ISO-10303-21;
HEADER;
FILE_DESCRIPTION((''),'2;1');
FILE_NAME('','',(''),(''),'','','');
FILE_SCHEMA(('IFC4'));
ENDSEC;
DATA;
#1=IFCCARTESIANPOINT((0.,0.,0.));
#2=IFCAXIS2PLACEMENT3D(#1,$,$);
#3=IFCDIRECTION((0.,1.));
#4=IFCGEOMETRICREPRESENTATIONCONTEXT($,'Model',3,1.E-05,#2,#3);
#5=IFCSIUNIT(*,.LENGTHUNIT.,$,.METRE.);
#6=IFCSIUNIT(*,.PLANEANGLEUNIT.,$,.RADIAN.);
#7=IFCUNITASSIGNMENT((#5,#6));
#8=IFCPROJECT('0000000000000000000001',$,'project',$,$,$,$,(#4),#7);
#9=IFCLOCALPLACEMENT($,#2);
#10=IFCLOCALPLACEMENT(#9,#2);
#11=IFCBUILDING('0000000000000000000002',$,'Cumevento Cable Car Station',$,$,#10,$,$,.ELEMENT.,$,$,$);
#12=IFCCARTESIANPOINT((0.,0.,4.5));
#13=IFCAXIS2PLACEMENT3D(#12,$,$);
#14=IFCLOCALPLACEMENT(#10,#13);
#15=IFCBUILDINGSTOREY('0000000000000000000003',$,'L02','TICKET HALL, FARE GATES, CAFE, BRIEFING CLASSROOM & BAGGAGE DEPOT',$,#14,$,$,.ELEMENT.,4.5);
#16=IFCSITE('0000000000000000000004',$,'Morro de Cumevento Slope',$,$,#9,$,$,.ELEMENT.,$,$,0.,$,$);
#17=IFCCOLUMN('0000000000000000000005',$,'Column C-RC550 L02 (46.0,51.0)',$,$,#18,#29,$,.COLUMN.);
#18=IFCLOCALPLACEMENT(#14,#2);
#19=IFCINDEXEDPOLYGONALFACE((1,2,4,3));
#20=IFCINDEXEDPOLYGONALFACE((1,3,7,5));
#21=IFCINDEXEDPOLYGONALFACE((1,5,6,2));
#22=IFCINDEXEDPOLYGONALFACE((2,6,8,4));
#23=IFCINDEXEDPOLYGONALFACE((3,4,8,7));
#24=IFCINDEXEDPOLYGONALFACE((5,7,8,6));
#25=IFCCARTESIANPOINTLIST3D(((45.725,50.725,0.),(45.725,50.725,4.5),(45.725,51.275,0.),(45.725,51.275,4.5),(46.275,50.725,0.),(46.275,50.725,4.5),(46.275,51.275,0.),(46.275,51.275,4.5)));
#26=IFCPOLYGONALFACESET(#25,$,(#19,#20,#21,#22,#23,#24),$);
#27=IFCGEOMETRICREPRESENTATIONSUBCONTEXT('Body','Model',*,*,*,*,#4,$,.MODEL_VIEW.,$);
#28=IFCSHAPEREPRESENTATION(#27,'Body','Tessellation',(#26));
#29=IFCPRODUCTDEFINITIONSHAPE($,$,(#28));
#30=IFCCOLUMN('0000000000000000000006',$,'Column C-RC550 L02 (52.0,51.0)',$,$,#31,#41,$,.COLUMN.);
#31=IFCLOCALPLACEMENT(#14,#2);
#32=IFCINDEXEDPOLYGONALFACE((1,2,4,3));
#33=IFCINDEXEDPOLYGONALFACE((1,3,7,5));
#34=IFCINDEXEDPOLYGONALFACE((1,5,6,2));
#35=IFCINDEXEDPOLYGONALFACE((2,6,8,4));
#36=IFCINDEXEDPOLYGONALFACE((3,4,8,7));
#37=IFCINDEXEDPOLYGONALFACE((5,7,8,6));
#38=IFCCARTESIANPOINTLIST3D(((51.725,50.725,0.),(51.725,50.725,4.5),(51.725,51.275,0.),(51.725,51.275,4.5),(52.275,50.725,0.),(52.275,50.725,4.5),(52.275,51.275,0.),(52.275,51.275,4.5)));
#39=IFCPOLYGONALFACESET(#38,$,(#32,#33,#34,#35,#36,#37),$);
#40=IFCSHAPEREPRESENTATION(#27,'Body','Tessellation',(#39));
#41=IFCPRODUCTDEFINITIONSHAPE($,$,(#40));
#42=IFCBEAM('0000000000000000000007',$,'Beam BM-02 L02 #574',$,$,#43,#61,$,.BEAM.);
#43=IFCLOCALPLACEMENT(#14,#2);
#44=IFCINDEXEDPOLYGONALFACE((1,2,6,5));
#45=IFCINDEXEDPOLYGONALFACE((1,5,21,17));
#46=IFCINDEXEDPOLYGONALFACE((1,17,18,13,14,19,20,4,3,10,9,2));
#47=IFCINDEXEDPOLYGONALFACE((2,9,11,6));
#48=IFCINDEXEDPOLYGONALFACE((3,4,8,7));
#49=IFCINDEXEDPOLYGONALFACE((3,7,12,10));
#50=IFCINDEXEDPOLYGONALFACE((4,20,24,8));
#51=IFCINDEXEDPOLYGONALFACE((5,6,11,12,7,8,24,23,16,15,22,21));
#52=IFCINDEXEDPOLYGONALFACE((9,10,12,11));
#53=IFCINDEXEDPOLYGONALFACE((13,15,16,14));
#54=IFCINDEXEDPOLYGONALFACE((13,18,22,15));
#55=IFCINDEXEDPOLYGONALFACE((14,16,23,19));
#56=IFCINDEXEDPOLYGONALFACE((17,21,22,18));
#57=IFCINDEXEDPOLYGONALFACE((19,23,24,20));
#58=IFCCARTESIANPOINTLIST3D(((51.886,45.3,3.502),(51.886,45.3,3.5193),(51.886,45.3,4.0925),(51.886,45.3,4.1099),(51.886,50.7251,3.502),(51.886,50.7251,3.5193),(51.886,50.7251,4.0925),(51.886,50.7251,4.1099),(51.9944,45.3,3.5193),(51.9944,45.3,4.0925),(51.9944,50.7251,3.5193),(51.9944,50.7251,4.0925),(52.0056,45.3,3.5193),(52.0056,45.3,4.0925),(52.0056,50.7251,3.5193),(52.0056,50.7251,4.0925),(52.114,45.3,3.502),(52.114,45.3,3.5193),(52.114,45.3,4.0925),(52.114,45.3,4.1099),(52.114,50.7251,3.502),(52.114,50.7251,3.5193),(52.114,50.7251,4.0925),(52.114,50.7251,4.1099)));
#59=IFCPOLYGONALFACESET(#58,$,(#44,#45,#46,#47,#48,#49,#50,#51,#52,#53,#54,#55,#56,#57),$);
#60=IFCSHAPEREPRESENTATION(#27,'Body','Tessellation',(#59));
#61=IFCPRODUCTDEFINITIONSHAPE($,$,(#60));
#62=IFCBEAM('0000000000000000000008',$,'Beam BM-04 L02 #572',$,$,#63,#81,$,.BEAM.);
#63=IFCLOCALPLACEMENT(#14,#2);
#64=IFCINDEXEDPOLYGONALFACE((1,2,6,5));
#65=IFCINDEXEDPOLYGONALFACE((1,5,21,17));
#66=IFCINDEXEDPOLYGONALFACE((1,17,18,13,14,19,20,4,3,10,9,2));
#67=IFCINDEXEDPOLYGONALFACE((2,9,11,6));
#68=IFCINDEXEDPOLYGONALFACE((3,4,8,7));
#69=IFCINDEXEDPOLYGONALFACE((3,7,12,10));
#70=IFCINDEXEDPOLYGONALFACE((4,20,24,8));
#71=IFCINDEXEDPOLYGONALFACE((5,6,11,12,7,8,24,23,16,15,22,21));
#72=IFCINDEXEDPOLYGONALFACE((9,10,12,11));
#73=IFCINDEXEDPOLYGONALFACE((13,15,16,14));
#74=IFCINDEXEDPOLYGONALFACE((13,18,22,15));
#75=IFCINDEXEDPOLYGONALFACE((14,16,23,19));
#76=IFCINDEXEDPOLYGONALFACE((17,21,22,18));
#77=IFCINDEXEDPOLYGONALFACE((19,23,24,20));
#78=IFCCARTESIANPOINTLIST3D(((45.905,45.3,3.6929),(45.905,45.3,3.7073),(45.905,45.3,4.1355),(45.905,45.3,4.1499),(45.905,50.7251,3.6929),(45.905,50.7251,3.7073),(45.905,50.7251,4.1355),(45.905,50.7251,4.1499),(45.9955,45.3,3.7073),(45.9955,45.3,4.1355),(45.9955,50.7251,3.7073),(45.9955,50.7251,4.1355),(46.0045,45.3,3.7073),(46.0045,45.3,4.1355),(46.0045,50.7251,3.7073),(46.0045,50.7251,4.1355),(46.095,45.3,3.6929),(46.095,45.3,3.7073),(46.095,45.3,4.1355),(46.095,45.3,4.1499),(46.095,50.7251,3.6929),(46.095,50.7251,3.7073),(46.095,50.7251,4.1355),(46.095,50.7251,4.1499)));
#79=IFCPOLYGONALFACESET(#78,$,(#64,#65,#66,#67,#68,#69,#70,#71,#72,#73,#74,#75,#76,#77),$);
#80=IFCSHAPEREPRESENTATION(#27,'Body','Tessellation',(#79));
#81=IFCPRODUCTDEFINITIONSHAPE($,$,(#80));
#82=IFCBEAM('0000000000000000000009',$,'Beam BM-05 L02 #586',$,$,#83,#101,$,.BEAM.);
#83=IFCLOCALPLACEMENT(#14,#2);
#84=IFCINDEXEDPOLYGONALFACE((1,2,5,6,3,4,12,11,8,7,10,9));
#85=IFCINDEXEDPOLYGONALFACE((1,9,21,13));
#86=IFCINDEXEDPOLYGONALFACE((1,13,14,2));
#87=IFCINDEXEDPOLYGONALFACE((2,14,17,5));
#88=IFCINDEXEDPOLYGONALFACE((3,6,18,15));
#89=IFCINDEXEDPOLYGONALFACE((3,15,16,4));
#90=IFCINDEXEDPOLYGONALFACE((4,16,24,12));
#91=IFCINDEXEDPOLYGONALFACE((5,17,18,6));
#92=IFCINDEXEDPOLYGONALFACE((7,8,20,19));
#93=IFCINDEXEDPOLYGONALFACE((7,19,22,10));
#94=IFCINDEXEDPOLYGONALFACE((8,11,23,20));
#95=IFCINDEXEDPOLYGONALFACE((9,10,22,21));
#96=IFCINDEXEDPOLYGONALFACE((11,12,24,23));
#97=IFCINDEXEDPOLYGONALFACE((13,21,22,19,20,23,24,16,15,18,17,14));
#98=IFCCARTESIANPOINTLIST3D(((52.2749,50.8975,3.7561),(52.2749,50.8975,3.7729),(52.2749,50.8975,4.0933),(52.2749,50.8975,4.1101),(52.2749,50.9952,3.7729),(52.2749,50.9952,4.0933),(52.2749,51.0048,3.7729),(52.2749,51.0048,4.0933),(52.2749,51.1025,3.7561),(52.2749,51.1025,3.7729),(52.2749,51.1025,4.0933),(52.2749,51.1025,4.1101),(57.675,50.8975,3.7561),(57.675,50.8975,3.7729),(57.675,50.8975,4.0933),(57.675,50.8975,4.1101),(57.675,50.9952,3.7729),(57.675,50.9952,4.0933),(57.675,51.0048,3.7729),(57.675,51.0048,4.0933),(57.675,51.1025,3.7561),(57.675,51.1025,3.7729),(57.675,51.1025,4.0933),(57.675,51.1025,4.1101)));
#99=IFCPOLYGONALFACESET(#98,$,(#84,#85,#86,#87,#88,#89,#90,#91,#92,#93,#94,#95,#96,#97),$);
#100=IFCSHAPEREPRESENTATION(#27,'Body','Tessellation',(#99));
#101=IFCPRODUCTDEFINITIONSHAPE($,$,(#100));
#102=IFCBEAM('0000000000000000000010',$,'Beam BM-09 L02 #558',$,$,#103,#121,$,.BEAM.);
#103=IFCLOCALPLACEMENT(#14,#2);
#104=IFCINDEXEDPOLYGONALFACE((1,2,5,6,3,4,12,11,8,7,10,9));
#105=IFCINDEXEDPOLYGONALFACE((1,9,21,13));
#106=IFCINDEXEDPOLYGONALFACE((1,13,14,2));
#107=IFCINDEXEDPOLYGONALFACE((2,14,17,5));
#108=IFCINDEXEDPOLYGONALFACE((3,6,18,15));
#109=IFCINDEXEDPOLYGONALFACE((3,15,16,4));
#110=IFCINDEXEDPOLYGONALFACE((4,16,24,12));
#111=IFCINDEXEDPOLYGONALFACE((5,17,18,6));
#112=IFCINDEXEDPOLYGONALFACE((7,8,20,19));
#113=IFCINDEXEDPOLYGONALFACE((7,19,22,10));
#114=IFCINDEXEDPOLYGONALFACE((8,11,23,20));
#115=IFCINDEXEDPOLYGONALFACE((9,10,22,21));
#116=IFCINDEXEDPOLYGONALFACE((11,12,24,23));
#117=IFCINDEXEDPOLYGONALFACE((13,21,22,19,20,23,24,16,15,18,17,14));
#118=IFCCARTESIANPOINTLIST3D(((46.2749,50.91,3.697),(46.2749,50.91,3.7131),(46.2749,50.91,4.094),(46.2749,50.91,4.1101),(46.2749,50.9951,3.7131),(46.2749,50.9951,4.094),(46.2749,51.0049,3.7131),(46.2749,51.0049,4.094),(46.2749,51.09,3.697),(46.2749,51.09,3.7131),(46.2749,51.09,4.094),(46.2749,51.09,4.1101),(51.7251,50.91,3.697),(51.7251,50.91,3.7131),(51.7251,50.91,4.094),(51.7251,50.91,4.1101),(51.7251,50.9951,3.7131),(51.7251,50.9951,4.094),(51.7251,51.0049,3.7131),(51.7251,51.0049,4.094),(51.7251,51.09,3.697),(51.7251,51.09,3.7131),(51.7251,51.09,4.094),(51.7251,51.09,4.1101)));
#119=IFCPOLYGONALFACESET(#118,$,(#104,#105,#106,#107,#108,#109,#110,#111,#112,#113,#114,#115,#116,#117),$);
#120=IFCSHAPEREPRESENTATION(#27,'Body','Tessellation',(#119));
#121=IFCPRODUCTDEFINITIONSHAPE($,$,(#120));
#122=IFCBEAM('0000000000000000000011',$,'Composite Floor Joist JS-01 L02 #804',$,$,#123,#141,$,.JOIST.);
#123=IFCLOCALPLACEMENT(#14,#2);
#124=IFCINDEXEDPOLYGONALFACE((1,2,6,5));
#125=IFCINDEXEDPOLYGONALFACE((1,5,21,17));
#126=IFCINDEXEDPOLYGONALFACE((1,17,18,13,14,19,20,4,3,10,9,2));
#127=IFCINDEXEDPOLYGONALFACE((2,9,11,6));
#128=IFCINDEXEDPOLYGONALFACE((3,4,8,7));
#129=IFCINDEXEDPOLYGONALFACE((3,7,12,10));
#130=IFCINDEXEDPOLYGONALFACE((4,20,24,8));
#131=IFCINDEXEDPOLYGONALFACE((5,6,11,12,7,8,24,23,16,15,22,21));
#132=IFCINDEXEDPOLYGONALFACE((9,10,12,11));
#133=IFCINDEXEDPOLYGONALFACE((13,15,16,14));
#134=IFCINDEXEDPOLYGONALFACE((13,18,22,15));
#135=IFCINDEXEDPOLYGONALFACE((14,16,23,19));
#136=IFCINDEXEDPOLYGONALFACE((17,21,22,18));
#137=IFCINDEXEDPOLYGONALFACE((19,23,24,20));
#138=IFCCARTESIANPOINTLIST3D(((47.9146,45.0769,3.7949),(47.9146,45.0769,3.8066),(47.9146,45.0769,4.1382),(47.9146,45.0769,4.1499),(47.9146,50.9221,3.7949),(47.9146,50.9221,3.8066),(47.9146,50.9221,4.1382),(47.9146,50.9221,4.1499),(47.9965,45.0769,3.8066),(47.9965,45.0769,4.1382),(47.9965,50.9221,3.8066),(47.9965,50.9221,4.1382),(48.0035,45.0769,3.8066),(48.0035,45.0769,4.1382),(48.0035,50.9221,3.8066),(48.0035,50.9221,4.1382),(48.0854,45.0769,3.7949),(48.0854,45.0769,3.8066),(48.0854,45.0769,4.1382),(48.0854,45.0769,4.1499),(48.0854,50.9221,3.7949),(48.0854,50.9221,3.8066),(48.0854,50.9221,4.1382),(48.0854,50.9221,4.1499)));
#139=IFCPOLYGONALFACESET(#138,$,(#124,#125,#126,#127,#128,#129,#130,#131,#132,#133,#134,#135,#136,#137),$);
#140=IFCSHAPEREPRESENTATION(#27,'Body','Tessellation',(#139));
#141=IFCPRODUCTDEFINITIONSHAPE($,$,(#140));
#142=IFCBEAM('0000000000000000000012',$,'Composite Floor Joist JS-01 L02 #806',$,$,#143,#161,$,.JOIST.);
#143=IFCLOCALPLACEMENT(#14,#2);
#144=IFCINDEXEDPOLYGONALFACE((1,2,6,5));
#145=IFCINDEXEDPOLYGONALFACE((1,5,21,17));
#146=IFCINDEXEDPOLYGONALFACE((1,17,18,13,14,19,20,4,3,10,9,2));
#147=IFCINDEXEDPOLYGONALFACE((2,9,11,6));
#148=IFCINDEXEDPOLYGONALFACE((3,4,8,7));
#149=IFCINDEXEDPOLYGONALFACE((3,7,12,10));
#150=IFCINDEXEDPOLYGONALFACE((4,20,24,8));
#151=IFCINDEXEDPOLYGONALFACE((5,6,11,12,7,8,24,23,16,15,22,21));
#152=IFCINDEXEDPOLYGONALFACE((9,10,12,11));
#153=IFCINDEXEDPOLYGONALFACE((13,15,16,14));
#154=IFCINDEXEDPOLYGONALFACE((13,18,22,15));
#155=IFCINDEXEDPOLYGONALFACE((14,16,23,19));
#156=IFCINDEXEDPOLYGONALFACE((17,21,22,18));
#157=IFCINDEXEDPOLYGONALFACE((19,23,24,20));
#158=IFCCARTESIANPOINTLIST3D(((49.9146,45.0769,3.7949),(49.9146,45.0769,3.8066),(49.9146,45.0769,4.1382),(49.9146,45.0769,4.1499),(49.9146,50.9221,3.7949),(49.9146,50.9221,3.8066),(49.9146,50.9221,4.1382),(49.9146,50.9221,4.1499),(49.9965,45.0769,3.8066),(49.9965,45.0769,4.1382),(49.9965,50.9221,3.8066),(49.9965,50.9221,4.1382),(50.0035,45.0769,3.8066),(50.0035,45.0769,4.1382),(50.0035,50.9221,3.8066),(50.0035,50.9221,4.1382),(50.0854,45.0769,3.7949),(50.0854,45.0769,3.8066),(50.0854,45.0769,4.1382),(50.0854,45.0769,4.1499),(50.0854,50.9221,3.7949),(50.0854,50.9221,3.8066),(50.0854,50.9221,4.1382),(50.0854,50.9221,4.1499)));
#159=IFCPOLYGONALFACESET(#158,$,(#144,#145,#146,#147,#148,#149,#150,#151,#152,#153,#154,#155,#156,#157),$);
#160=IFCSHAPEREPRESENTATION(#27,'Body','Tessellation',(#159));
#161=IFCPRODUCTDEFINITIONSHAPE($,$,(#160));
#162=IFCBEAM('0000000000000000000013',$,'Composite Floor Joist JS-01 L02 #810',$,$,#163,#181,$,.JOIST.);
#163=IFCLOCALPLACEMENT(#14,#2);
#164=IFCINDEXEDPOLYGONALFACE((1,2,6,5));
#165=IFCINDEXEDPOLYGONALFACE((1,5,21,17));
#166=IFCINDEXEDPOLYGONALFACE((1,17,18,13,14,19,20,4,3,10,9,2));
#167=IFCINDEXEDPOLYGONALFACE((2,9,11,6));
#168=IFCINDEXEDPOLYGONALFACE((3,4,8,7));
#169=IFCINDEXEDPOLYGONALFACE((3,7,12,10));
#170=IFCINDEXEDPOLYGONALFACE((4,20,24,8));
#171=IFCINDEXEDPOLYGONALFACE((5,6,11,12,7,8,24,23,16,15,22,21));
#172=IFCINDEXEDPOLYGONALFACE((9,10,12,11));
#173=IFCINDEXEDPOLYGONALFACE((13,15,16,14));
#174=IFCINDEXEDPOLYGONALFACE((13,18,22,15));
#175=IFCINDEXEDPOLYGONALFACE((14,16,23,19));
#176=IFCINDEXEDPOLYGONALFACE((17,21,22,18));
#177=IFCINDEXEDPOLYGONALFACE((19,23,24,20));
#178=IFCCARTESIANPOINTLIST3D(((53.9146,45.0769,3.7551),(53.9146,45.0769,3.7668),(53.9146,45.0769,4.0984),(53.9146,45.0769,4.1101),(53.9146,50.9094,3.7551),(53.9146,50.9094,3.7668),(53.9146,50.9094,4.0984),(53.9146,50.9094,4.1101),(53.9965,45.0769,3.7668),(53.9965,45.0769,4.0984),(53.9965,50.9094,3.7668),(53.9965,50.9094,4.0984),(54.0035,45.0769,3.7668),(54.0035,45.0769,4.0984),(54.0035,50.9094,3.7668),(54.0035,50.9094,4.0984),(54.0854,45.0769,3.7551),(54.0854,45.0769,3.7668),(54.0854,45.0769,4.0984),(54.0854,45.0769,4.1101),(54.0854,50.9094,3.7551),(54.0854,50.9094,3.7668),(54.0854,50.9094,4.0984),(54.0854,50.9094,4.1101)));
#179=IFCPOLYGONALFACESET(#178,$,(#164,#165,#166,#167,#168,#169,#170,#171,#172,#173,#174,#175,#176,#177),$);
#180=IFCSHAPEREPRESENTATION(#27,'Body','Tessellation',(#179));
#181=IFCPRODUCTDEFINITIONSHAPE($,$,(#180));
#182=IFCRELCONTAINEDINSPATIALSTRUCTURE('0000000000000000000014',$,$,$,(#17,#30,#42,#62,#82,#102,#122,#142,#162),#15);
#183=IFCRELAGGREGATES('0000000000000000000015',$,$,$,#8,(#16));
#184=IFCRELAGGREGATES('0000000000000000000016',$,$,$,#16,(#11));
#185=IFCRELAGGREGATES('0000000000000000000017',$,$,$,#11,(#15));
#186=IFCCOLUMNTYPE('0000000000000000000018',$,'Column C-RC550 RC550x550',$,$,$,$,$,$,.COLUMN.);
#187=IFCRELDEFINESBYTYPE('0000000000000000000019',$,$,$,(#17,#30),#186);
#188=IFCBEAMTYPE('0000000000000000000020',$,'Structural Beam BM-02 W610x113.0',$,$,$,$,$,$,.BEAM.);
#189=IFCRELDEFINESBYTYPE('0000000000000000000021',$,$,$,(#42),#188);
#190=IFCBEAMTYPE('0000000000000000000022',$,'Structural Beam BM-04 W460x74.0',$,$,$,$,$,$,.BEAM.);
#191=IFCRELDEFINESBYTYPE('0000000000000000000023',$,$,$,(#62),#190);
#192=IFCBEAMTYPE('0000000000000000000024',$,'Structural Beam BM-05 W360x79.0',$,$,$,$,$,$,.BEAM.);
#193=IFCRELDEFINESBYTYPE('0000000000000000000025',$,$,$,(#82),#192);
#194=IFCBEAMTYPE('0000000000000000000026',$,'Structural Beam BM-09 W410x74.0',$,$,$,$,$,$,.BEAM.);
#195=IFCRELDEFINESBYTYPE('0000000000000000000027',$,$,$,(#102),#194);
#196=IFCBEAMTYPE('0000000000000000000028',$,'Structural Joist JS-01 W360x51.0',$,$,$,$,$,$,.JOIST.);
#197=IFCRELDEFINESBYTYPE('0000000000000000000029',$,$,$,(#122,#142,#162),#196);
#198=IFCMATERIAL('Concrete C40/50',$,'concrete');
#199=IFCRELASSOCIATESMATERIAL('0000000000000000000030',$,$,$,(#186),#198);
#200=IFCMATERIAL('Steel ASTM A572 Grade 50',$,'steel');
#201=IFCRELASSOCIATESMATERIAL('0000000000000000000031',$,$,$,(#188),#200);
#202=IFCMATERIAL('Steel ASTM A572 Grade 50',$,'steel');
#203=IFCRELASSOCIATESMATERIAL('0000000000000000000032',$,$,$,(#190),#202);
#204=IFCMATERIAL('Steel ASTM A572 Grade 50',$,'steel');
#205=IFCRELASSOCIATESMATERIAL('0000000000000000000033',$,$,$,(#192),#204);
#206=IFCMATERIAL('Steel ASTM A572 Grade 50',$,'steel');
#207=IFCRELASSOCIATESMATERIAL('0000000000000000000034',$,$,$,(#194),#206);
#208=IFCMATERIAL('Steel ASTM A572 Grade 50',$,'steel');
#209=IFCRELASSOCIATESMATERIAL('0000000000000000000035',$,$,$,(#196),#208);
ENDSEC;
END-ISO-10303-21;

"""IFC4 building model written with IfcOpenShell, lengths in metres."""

from ifc_helpers import new_model, si_unit, direction, frame, origin, origin_2d, place, context, subcontext, project, spatial, rectangle, i_section, extrude, material, material_profile, profile_set, type_object, element, save


model = new_model("IFC4")

# Units and contexts
model_context = context("Model", 3, precision=1e-05, world=origin(), true_north=direction((0.0, 1.0)))
body_context = subcontext(model_context, "Body", "Model", "MODEL_VIEW")
ifc_project = project(units=[si_unit("LENGTHUNIT", "METRE"), si_unit("PLANEANGLEUNIT", "RADIAN")], contexts=[model_context])

# Site, building, storey
site_placement = place(None, origin())
site = spatial("IfcSite", under=ifc_project, at=site_placement, Name="Morro de Cumevento Slope", CompositionType="ELEMENT", RefElevation=0.0)
building_placement = place(site_placement, origin())
building = spatial("IfcBuilding", under=site, at=building_placement, Name="Cumevento Cable Car Station", CompositionType="ELEMENT")
storey_placement = place(building_placement, frame((0.0, 0.0, 4.5)))
storey = spatial("IfcBuildingStorey", under=building, at=storey_placement, Name="L02", Description="TICKET HALL, FARE GATES, CAFE, BRIEFING CLASSROOM & BAGGAGE DEPOT", CompositionType="ELEMENT", Elevation=4.5)

# Columns
ifc_material_1 = material(Name="Concrete C40/50", Category="concrete")
ifc_material_profile_1 = material_profile(ifc_material_1, rectangle(XDim=0.55, YDim=0.55, at=origin_2d()), Name="RC550x550")
ifc_profile_set_1 = profile_set([ifc_material_profile_1], Name="Concrete C40/50")
column_type = type_object("IfcColumnType", Name="Column C-RC550 RC550x550", PredefinedType="COLUMN", material=ifc_profile_set_1)
for number, where, z_axis, x_axis, name in (
    (1, (46.0, 51.0, 0.0), (0.0, 0.0, 1.0), (1.0, 0.0, 0.0), "Column C-RC550 L02 (46.0,51.0)"),
    (2, (52.0, 51.0, 0.0), (0.0, 0.0, 1.0), (1.0, 0.0, 0.0), "Column C-RC550 L02 (52.0,51.0)"),
):
    element("IfcColumn", number, at=place(storey_placement, frame(where, z_axis=z_axis, x_axis=x_axis)), inside=storey, type_object=column_type, Name=name, PredefinedType="COLUMN", context=body_context, shape_type="SweptSolid", body=[
        extrude(rectangle(XDim=0.55, YDim=0.55, at=origin_2d()), origin(), (0.0, 0.0, 1.0), 4.5),
    ])

# Beams
ifc_material_2 = material(Name="Steel ASTM A572 Grade 50", Category="steel")
ifc_material_profile_2 = material_profile(ifc_material_2, i_section(OverallWidth=0.228, OverallDepth=0.6079, WebThickness=0.0112, FlangeThickness=0.0173, at=origin_2d()), Name="W610x113.0")
ifc_profile_set_2 = profile_set([ifc_material_profile_2], Name="Steel ASTM A572 Grade 50")
beam_type_1 = type_object("IfcBeamType", Name="Structural Beam BM-02 W610x113.0", PredefinedType="BEAM", material=ifc_profile_set_2)
beam_1_placement = place(storey_placement, frame((52.0, 45.3, 3.8059), z_axis=(0.0, 1.0, 0.0), x_axis=(-1.0, 0.0, 0.0)))
element("IfcBeam", 3, at=beam_1_placement, inside=storey, type_object=beam_type_1, Name="Beam BM-02 L02 #574", PredefinedType="BEAM", context=body_context, shape_type="SweptSolid", body=[
    extrude(i_section(OverallWidth=0.228, OverallDepth=0.6079, WebThickness=0.0112, FlangeThickness=0.0173, at=origin_2d()), origin(), (0.0, 0.0, 1.0), 5.425),
])
ifc_material_3 = material(Name="Steel ASTM A572 Grade 50", Category="steel")
ifc_material_profile_3 = material_profile(ifc_material_3, i_section(OverallWidth=0.1899, OverallDepth=0.457, WebThickness=0.009, FlangeThickness=0.0144, at=origin_2d()), Name="W460x74.0")
ifc_profile_set_3 = profile_set([ifc_material_profile_3], Name="Steel ASTM A572 Grade 50")
beam_type_2 = type_object("IfcBeamType", Name="Structural Beam BM-04 W460x74.0", PredefinedType="BEAM", material=ifc_profile_set_3)
beam_2_placement = place(storey_placement, frame((46.0, 45.3, 3.9214), z_axis=(0.0, 1.0, 0.0), x_axis=(-1.0, 0.0, 0.0)))
element("IfcBeam", 4, at=beam_2_placement, inside=storey, type_object=beam_type_2, Name="Beam BM-04 L02 #572", PredefinedType="BEAM", context=body_context, shape_type="SweptSolid", body=[
    extrude(i_section(OverallWidth=0.1899, OverallDepth=0.457, WebThickness=0.009, FlangeThickness=0.0144, at=origin_2d()), origin(), (0.0, 0.0, 1.0), 5.425),
])
ifc_material_4 = material(Name="Steel ASTM A572 Grade 50", Category="steel")
ifc_material_profile_4 = material_profile(ifc_material_4, i_section(OverallWidth=0.2051, OverallDepth=0.354, WebThickness=0.0095, FlangeThickness=0.0168, at=origin_2d()), Name="W360x79.0")
ifc_profile_set_4 = profile_set([ifc_material_profile_4], Name="Steel ASTM A572 Grade 50")
beam_type_3 = type_object("IfcBeamType", Name="Structural Beam BM-05 W360x79.0", PredefinedType="BEAM", material=ifc_profile_set_4)
beam_3_placement = place(storey_placement, frame((52.2749, 51.0, 3.9331), z_axis=(1.0, 0.0, 0.0), x_axis=(0.0, 1.0, 0.0)))
element("IfcBeam", 5, at=beam_3_placement, inside=storey, type_object=beam_type_3, Name="Beam BM-05 L02 #586", PredefinedType="BEAM", context=body_context, shape_type="SweptSolid", body=[
    extrude(i_section(OverallWidth=0.2051, OverallDepth=0.354, WebThickness=0.0095, FlangeThickness=0.0168, at=origin_2d()), origin(), (0.0, 0.0, 1.0), 5.4001),
])
ifc_material_5 = material(Name="Steel ASTM A572 Grade 50", Category="steel")
ifc_material_profile_5 = material_profile(ifc_material_5, i_section(OverallWidth=0.1799, OverallDepth=0.4131, WebThickness=0.0098, FlangeThickness=0.0161, at=origin_2d()), Name="W410x74.0")
ifc_profile_set_5 = profile_set([ifc_material_profile_5], Name="Steel ASTM A572 Grade 50")
beam_type_4 = type_object("IfcBeamType", Name="Structural Beam BM-09 W410x74.0", PredefinedType="BEAM", material=ifc_profile_set_5)
beam_4_placement = place(storey_placement, frame((46.2749, 51.0, 3.9036), z_axis=(1.0, 0.0, 0.0), x_axis=(0.0, 1.0, 0.0)))
element("IfcBeam", 6, at=beam_4_placement, inside=storey, type_object=beam_type_4, Name="Beam BM-09 L02 #558", PredefinedType="BEAM", context=body_context, shape_type="SweptSolid", body=[
    extrude(i_section(OverallWidth=0.1799, OverallDepth=0.4131, WebThickness=0.0098, FlangeThickness=0.0161, at=origin_2d()), origin(), (0.0, 0.0, 1.0), 5.4502),
])
ifc_material_6 = material(Name="Steel ASTM A572 Grade 50", Category="steel")
ifc_material_profile_6 = material_profile(ifc_material_6, i_section(OverallWidth=0.1709, OverallDepth=0.355, WebThickness=0.0071, FlangeThickness=0.0117, at=origin_2d()), Name="W360x51.0")
ifc_profile_set_6 = profile_set([ifc_material_profile_6], Name="Steel ASTM A572 Grade 50")
beam_type_5 = type_object("IfcBeamType", Name="Structural Joist JS-01 W360x51.0", PredefinedType="JOIST", material=ifc_profile_set_6)
for number, where, z_axis, x_axis, name in (
    (7, (48.0, 45.0769, 3.9724), (0.0, 1.0, 0.0), (-1.0, 0.0, 0.0), "Composite Floor Joist JS-01 L02 #804"),
    (8, (50.0, 45.0769, 3.9724), (0.0, 1.0, 0.0), (-1.0, 0.0, 0.0), "Composite Floor Joist JS-01 L02 #806"),
):
    element("IfcBeam", number, at=place(storey_placement, frame(where, z_axis=z_axis, x_axis=x_axis)), inside=storey, type_object=beam_type_5, Name=name, PredefinedType="JOIST", context=body_context, shape_type="SweptSolid", body=[
        extrude(i_section(OverallWidth=0.1709, OverallDepth=0.355, WebThickness=0.0071, FlangeThickness=0.0117, at=origin_2d()), origin(), (0.0, 0.0, 1.0), 5.8452),
    ])
for number, where, z_axis, x_axis, name in (
    (9, (54.0, 45.0769, 3.9326), (0.0, 1.0, 0.0), (-1.0, 0.0, 0.0), "Composite Floor Joist JS-01 L02 #810"),
):
    element("IfcBeam", number, at=place(storey_placement, frame(where, z_axis=z_axis, x_axis=x_axis)), inside=storey, type_object=beam_type_5, Name=name, PredefinedType="JOIST", context=body_context, shape_type="SweptSolid", body=[
        extrude(i_section(OverallWidth=0.1709, OverallDepth=0.355, WebThickness=0.0071, FlangeThickness=0.0117, at=origin_2d()), origin(), (0.0, 0.0, 1.0), 5.8325),
    ])

save(model, "model.ifc")
